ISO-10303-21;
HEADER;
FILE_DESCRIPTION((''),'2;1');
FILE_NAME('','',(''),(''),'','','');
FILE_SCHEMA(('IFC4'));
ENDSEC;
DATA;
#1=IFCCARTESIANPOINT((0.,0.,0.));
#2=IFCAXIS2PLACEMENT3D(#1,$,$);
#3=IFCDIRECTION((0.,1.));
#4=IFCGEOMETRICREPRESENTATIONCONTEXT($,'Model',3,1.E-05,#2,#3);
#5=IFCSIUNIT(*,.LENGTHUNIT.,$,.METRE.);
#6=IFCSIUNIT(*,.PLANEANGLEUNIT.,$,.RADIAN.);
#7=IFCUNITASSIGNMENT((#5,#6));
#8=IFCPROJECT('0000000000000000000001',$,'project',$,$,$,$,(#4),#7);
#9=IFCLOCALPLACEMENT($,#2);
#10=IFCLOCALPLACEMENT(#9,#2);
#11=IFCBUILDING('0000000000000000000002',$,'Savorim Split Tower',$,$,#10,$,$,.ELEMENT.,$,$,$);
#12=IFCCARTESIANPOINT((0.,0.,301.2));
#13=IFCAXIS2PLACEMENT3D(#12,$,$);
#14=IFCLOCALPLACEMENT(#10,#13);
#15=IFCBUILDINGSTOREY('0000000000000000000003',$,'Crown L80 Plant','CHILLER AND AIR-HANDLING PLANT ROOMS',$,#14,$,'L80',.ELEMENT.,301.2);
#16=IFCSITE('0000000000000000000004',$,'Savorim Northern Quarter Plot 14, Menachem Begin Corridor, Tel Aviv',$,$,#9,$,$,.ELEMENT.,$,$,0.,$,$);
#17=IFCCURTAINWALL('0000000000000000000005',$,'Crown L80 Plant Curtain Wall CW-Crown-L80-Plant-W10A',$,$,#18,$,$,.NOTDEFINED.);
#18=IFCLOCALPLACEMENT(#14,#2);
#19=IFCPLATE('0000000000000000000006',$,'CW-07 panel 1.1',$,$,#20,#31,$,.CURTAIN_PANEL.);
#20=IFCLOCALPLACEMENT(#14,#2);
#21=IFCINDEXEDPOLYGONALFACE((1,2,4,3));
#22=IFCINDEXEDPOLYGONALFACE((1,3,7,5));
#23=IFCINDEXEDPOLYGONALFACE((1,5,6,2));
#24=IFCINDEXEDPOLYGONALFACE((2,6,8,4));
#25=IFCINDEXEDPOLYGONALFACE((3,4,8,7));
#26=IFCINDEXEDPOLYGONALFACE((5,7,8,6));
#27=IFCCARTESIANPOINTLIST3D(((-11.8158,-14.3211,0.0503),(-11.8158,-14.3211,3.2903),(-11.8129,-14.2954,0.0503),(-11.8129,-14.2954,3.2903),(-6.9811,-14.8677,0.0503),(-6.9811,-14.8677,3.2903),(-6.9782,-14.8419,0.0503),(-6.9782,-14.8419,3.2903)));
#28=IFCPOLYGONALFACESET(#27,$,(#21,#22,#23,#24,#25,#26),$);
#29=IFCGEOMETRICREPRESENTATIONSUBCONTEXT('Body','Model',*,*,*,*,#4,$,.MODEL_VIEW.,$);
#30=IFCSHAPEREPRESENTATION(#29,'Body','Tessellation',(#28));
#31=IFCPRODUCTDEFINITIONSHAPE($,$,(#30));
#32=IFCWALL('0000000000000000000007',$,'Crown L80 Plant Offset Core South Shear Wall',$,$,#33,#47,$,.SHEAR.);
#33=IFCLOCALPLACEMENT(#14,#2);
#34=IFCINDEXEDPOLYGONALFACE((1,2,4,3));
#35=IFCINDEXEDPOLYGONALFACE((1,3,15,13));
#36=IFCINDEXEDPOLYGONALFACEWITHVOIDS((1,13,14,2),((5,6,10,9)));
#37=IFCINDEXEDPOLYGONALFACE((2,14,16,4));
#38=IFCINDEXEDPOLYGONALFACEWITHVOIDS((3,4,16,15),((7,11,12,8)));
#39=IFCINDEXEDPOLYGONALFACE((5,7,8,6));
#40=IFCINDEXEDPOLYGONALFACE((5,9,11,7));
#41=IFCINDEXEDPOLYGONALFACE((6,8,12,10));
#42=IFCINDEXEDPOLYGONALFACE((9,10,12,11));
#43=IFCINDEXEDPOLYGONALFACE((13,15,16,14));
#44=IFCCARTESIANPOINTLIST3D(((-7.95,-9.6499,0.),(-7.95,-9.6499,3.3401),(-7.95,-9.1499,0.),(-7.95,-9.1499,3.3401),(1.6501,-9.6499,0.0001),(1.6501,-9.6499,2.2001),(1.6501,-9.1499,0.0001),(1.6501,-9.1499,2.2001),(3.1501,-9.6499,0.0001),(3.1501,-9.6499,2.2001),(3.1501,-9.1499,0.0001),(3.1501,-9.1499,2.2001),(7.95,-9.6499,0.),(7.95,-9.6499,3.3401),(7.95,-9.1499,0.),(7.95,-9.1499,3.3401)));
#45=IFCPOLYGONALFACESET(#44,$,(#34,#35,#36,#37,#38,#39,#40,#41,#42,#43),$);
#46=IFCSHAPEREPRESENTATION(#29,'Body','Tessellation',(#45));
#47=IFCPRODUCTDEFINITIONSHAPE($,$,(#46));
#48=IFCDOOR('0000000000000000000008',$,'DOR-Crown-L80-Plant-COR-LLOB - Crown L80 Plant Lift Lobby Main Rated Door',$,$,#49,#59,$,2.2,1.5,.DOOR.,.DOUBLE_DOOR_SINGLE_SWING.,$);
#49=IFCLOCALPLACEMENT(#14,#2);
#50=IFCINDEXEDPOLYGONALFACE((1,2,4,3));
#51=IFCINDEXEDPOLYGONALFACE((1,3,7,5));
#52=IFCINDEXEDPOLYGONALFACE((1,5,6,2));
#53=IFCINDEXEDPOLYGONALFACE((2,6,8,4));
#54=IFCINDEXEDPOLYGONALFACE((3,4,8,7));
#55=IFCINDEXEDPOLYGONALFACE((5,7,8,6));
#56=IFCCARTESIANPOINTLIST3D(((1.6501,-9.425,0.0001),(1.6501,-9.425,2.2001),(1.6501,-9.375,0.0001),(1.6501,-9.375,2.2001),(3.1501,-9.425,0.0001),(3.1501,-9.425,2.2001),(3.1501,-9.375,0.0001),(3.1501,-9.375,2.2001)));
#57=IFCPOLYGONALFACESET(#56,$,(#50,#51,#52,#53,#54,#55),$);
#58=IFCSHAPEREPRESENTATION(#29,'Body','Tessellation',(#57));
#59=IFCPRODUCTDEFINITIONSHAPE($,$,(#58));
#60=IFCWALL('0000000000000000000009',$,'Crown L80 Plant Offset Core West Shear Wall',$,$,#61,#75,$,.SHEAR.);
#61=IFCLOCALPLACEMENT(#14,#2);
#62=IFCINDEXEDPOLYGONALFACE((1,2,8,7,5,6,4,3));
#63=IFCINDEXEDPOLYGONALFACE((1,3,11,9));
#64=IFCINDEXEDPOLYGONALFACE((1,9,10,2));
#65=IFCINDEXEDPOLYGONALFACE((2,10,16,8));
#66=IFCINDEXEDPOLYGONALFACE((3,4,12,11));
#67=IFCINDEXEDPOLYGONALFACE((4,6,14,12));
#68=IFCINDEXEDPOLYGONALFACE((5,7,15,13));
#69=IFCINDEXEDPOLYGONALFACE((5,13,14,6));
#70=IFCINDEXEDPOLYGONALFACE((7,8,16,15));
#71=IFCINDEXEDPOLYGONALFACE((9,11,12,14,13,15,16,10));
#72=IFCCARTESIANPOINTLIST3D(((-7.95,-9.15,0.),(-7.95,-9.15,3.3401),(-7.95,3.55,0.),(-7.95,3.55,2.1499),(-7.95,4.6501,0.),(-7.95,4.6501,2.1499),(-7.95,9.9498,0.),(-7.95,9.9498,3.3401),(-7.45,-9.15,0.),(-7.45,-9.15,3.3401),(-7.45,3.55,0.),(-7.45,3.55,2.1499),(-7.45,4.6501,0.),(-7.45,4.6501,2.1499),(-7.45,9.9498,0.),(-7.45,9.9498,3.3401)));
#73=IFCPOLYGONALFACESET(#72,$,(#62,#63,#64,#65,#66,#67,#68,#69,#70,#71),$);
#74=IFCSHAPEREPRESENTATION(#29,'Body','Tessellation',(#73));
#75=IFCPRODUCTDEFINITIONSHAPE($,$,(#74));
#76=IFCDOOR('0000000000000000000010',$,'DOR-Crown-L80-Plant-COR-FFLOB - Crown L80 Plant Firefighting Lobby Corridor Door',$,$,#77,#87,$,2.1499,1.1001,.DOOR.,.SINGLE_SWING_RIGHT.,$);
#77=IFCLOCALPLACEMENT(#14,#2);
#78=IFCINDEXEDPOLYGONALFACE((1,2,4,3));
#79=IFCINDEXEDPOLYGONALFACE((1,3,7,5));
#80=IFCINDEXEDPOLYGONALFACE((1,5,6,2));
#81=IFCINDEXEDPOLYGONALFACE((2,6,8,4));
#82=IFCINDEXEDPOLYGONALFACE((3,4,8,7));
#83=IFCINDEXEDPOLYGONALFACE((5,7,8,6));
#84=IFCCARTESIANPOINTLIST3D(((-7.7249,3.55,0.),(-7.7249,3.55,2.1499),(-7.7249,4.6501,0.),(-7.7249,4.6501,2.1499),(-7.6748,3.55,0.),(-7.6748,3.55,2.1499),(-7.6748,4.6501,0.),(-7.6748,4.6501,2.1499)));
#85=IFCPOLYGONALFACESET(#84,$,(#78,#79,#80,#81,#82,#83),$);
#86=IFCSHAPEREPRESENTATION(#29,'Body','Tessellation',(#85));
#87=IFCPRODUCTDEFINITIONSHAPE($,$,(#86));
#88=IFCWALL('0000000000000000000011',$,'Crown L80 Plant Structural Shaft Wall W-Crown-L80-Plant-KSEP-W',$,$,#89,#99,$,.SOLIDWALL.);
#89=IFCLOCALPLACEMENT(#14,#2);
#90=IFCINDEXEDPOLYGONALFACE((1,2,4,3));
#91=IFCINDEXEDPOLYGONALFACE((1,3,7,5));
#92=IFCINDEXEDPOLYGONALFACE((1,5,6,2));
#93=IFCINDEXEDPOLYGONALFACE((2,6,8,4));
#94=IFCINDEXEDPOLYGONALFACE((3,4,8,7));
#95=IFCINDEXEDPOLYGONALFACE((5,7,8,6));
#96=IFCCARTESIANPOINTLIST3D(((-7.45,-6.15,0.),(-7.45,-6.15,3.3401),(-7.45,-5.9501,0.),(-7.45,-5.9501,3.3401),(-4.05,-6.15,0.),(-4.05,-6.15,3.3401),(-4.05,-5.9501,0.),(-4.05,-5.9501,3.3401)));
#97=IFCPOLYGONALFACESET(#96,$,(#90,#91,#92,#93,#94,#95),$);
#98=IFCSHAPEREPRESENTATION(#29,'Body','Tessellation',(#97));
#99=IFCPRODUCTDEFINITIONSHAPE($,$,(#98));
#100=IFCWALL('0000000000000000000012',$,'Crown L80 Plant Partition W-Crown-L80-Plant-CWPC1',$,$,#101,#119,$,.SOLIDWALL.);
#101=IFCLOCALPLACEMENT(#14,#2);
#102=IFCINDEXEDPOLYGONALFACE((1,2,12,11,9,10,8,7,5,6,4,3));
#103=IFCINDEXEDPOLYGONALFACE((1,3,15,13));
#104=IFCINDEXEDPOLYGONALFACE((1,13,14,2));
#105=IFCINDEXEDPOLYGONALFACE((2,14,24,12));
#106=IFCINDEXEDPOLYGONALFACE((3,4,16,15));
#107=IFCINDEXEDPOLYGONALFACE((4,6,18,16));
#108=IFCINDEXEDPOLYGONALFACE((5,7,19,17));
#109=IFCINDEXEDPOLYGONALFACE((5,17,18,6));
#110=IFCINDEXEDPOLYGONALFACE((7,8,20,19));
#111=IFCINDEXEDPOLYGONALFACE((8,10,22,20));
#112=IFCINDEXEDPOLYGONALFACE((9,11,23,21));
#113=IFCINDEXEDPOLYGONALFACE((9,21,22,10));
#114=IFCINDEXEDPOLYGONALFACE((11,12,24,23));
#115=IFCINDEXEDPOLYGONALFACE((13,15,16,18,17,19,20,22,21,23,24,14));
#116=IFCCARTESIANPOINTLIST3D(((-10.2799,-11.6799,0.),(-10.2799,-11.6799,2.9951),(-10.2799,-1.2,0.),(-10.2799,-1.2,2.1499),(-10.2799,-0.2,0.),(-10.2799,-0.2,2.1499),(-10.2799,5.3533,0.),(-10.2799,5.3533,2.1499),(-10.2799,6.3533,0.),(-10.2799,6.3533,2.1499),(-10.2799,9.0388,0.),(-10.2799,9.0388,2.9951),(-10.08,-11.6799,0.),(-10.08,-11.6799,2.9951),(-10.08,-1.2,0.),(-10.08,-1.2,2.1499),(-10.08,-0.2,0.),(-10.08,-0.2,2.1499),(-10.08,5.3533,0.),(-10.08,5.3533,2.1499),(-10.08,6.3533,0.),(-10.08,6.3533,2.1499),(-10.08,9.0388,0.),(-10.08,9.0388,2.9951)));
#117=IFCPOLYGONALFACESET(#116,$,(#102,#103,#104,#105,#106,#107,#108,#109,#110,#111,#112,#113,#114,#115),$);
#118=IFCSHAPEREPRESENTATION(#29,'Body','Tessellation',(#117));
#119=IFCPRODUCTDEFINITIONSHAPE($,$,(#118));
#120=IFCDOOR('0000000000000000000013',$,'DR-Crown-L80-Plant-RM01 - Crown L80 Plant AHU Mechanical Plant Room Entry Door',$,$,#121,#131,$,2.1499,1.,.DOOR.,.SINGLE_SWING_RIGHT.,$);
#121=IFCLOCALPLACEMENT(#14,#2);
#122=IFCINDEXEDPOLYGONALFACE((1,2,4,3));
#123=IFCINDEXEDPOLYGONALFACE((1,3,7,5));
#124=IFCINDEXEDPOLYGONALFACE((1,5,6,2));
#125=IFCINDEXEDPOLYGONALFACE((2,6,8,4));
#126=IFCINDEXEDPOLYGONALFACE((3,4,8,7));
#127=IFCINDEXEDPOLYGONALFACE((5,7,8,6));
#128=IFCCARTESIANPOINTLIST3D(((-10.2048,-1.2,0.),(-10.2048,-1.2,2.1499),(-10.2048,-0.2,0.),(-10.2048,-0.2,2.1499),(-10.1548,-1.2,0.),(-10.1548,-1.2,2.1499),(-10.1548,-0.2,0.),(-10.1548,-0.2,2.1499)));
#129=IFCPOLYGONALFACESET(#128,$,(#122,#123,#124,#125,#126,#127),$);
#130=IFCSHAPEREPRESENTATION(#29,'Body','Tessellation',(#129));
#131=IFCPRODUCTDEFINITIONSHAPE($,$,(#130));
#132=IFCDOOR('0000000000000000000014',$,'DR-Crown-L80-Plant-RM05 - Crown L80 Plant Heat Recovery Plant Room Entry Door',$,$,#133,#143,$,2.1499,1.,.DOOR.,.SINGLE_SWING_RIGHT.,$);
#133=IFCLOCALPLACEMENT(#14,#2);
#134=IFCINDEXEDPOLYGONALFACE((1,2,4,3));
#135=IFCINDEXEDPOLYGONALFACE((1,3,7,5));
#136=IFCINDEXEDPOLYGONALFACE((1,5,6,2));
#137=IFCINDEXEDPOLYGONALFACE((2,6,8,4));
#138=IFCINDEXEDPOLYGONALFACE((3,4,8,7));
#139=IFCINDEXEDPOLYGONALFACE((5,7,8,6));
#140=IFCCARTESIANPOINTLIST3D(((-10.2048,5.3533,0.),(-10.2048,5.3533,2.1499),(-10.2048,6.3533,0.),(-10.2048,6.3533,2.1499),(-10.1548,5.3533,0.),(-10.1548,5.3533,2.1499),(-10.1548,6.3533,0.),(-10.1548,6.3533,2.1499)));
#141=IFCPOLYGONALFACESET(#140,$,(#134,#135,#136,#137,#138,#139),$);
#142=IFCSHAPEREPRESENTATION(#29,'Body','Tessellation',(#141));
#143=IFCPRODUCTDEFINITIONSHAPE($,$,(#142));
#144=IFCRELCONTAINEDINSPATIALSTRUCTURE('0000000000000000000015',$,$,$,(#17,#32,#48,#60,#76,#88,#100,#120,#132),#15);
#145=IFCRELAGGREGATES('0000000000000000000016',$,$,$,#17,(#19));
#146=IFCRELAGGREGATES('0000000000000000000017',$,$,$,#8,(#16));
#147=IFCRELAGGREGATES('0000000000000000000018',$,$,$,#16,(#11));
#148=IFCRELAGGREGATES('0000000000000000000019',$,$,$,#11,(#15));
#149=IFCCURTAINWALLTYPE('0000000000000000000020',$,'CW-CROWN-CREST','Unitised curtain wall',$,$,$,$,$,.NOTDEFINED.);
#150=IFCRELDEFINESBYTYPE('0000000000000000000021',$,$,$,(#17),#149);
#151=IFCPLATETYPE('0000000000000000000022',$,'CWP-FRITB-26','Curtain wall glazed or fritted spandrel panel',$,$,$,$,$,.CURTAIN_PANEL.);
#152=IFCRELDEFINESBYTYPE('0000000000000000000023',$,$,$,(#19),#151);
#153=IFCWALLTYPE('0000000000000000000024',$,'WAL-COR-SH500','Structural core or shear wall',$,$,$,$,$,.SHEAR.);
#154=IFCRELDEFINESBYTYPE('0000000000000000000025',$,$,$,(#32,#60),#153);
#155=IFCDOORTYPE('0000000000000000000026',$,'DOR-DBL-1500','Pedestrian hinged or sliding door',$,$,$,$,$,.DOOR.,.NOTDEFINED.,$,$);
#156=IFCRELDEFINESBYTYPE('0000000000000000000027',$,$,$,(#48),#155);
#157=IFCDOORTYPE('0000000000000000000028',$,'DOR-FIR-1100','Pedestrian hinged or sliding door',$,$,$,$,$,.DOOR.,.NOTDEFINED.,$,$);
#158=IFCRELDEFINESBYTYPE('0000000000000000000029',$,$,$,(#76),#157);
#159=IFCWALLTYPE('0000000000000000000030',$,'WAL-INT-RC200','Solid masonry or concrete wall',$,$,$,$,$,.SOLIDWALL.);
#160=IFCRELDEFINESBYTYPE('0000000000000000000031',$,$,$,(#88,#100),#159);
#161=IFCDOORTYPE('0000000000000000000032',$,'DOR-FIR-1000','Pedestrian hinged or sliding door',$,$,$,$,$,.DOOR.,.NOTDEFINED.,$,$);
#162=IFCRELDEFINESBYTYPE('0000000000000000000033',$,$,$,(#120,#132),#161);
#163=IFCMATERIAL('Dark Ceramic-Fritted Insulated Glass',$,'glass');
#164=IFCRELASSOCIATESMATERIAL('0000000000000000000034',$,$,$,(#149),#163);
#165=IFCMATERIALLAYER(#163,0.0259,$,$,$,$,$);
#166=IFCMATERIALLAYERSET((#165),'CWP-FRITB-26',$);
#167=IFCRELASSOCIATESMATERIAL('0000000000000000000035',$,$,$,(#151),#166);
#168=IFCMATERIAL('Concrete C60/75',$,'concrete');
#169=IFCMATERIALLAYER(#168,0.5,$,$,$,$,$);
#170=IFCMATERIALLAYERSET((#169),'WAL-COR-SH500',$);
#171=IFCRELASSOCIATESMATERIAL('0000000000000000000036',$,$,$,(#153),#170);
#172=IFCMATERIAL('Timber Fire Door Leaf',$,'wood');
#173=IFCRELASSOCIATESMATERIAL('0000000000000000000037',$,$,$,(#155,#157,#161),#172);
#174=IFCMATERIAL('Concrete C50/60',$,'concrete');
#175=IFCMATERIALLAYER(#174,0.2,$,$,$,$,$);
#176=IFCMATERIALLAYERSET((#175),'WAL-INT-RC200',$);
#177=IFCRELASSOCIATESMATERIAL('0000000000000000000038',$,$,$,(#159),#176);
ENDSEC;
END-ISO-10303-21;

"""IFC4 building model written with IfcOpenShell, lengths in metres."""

from ifc_helpers import new_model, si_unit, direction, frame, frame_2d, origin, origin_2d, place, context, subcontext, project, spatial, rectangle, extrude, material, layer, layer_set, type_object, element, fill, aggregate, save


model = new_model("IFC4")

# Units and contexts
model_context = context("Model", 3, precision=1e-05, world=origin(), true_north=direction((0.0, 1.0)))
body_context = subcontext(model_context, "Body", "Model", "MODEL_VIEW")
ifc_project = project(units=[si_unit("LENGTHUNIT", "METRE"), si_unit("PLANEANGLEUNIT", "RADIAN")], contexts=[model_context])

# Site, building, storey
site_placement = place(None, origin())
site = spatial("IfcSite", under=ifc_project, at=site_placement, Name="Savorim Northern Quarter Plot 14, Menachem Begin Corridor, Tel Aviv", CompositionType="ELEMENT", RefElevation=0.0)
building_placement = place(site_placement, origin())
building = spatial("IfcBuilding", under=site, at=building_placement, Name="Savorim Split Tower", CompositionType="ELEMENT")
storey_placement = place(building_placement, frame((0.0, 0.0, 301.2)))
storey = spatial("IfcBuildingStorey", under=building, at=storey_placement, Name="Crown L80 Plant", Description="CHILLER AND AIR-HANDLING PLANT ROOMS", LongName="L80", CompositionType="ELEMENT", Elevation=301.2)

# Shared definitions
ifc_material_1 = material(Name="Dark Ceramic-Fritted Insulated Glass", Category="glass")
curtain_wall_type = type_object("IfcCurtainWallType", Name="CW-CROWN-CREST", Description="Unitised curtain wall", PredefinedType="NOTDEFINED", material=ifc_material_1)

# Curtain wall
curtain_wall_1_placement = place(storey_placement, origin())
curtain_wall_1 = element("IfcCurtainWall", 1, at=curtain_wall_1_placement, inside=storey, type_object=curtain_wall_type, Name="Crown L80 Plant Curtain Wall CW-Crown-L80-Plant-W10A", PredefinedType="NOTDEFINED")

# Shared definitions
ifc_layer_1 = layer(ifc_material_1, 0.0259)
ifc_layer_set_1 = layer_set([ifc_layer_1], Name="CWP-FRITB-26")
plate_type = type_object("IfcPlateType", Name="CWP-FRITB-26", Description="Curtain wall glazed or fritted spandrel panel", PredefinedType="CURTAIN_PANEL", material=ifc_layer_set_1)

# Plate
plate_1_placement = place(storey_placement, frame((-9.397, -14.5815, 0.0503), z_axis=(0.0, 0.0, 1.0), x_axis=(0.993671, -0.112327, 0.0)))
plate_1 = element("IfcPlate", 2, at=plate_1_placement, type_object=plate_type, Name="CW-07 panel 1.1", PredefinedType="CURTAIN_PANEL", context=body_context, shape_type="SweptSolid", body=[
    extrude(rectangle(XDim=4.8655, YDim=0.0259, at=origin_2d()), origin(), (0.0, 0.0, 1.0), 3.24),
])
aggregate(curtain_wall_1, [plate_1])

# Walls, openings, doors
ifc_material_2 = material(Name="Concrete C60/75", Category="concrete")
ifc_layer_2 = layer(ifc_material_2, 0.5)
ifc_layer_set_2 = layer_set([ifc_layer_2], Name="WAL-COR-SH500")
wall_type_1 = type_object("IfcWallType", Name="WAL-COR-SH500", Description="Structural core or shear wall", PredefinedType="SHEAR", material=ifc_layer_set_2)
wall_1_placement = place(storey_placement, frame((-7.95, -9.3999, 0.0), z_axis=(0.0, 0.0, 1.0), x_axis=(1.0, 0.0, 0.0)))
wall_1 = element("IfcWall", 3, at=wall_1_placement, inside=storey, type_object=wall_type_1, Name="Crown L80 Plant Offset Core South Shear Wall", PredefinedType="SHEAR", context=body_context, shape_type="SweptSolid", body=[
    extrude(rectangle(XDim=15.8999, YDim=0.5, at=frame_2d((7.95, 0.0))), origin(), (0.0, 0.0, 1.0), 3.3401),
])
opening_1_placement = place(wall_1_placement, frame((9.6001, 0.0, 0.0)))
opening_1 = element("IfcOpeningElement", 4, at=opening_1_placement, cuts=wall_1, PredefinedType="OPENING", context=body_context, shape_type="SweptSolid", body=[
    extrude(rectangle(XDim=1.5, YDim=2.2, at=frame_2d((0.75, 1.1001))), frame((0.0, 0.26, 0.0), z_axis=(0.0, -1.0, 0.0), x_axis=(1.0, 0.0, 0.0)), (0.0, 0.0, 1.0), 0.52),
])
ifc_material_3 = material(Name="Timber Fire Door Leaf", Category="wood")
door_type_1 = type_object("IfcDoorType", Name="DOR-DBL-1500", Description="Pedestrian hinged or sliding door", OperationType="NOTDEFINED", PredefinedType="DOOR", material=ifc_material_3)
door_1_placement = place(opening_1_placement, origin())
door_1 = element("IfcDoor", 5, at=door_1_placement, inside=storey, type_object=door_type_1, Name="DOR-Crown-L80-Plant-COR-LLOB - Crown L80 Plant Lift Lobby Main Rated Door", OperationType="DOUBLE_DOOR_SINGLE_SWING", OverallHeight=2.2, OverallWidth=1.5, PredefinedType="DOOR", context=body_context, shape_type="SweptSolid", body=[
    extrude(rectangle(XDim=1.5, YDim=2.2, at=frame_2d((0.75, 1.1001))), frame((0.0, 0.0249, 0.0), z_axis=(0.0, -1.0, 0.0), x_axis=(1.0, 0.0, 0.0)), (0.0, 0.0, 1.0), 0.05),
])
fill(opening_1, door_1)
wall_2_placement = place(storey_placement, frame((-7.7, -9.1499, 0.0), z_axis=(0.0, 0.0, 1.0), x_axis=(0.0, 1.0, 0.0)))
wall_2 = element("IfcWall", 6, at=wall_2_placement, inside=storey, type_object=wall_type_1, Name="Crown L80 Plant Offset Core West Shear Wall", PredefinedType="SHEAR", context=body_context, shape_type="SweptSolid", body=[
    extrude(rectangle(XDim=19.0999, YDim=0.5, at=frame_2d((9.5498, 0.0))), origin(), (0.0, 0.0, 1.0), 3.3401),
])
opening_2_placement = place(wall_2_placement, frame((12.7, 0.0, 0.0)))
opening_2 = element("IfcOpeningElement", 7, at=opening_2_placement, cuts=wall_2, PredefinedType="OPENING", context=body_context, shape_type="SweptSolid", body=[
    extrude(rectangle(XDim=1.1001, YDim=2.1499, at=frame_2d((0.55, 1.075))), frame((0.0, 0.26, 0.0), z_axis=(0.0, -1.0, 0.0), x_axis=(1.0, 0.0, 0.0)), (0.0, 0.0, 1.0), 0.52),
])
door_type_2 = type_object("IfcDoorType", Name="DOR-FIR-1100", Description="Pedestrian hinged or sliding door", OperationType="NOTDEFINED", PredefinedType="DOOR", material=ifc_material_3)
door_2_placement = place(opening_2_placement, origin())
door_2 = element("IfcDoor", 8, at=door_2_placement, inside=storey, type_object=door_type_2, Name="DOR-Crown-L80-Plant-COR-FFLOB - Crown L80 Plant Firefighting Lobby Corridor Door", OperationType="SINGLE_SWING_RIGHT", OverallHeight=2.1499, OverallWidth=1.1001, PredefinedType="DOOR", context=body_context, shape_type="SweptSolid", body=[
    extrude(rectangle(XDim=1.1001, YDim=2.1499, at=frame_2d((0.55, 1.075))), frame((0.0, 0.0249, 0.0), z_axis=(0.0, -1.0, 0.0), x_axis=(1.0, 0.0, 0.0)), (0.0, 0.0, 1.0), 0.05),
])
fill(opening_2, door_2)

# Wall
ifc_material_4 = material(Name="Concrete C50/60", Category="concrete")
ifc_layer_3 = layer(ifc_material_4, 0.2)
ifc_layer_set_3 = layer_set([ifc_layer_3], Name="WAL-INT-RC200")
wall_type_2 = type_object("IfcWallType", Name="WAL-INT-RC200", Description="Solid masonry or concrete wall", PredefinedType="SOLIDWALL", material=ifc_layer_set_3)
wall_3_placement = place(storey_placement, frame((-7.45, -6.05, 0.0), z_axis=(0.0, 0.0, 1.0), x_axis=(1.0, 0.0, 0.0)))
element("IfcWall", 9, at=wall_3_placement, inside=storey, type_object=wall_type_2, Name="Crown L80 Plant Structural Shaft Wall W-Crown-L80-Plant-KSEP-W", PredefinedType="SOLIDWALL", context=body_context, shape_type="SweptSolid", body=[
    extrude(rectangle(XDim=3.3999, YDim=0.2, at=frame_2d((1.7, 0.0))), origin(), (0.0, 0.0, 1.0), 3.3401),
])

# Wall, openings, doors
wall_4_placement = place(storey_placement, frame((-10.1799, -11.6799, 0.0), z_axis=(0.0, 0.0, 1.0), x_axis=(0.0, 1.0, 0.0)))
wall_4 = element("IfcWall", 10, at=wall_4_placement, inside=storey, type_object=wall_type_2, Name="Crown L80 Plant Partition W-Crown-L80-Plant-CWPC1", PredefinedType="SOLIDWALL", context=body_context, shape_type="SweptSolid", body=[
    extrude(rectangle(XDim=20.7188, YDim=0.2, at=frame_2d((10.3594, 0.0))), origin(), (0.0, 0.0, 1.0), 2.9951),
])
opening_3_placement = place(wall_4_placement, frame((10.48, 0.0, 0.0)))
opening_3 = element("IfcOpeningElement", 11, at=opening_3_placement, cuts=wall_4, PredefinedType="OPENING", context=body_context, shape_type="SweptSolid", body=[
    extrude(rectangle(XDim=1.0, YDim=2.1499, at=frame_2d((0.5, 1.075))), frame((0.0, 0.1099, 0.0), z_axis=(0.0, -1.0, 0.0), x_axis=(1.0, 0.0, 0.0)), (0.0, 0.0, 1.0), 0.22),
])
opening_4_placement = place(wall_4_placement, frame((17.0332, 0.0, 0.0)))
opening_4 = element("IfcOpeningElement", 12, at=opening_4_placement, cuts=wall_4, PredefinedType="OPENING", context=body_context, shape_type="SweptSolid", body=[
    extrude(rectangle(XDim=1.0, YDim=2.1499, at=frame_2d((0.5, 1.075))), frame((0.0, 0.1099, 0.0), z_axis=(0.0, -1.0, 0.0), x_axis=(1.0, 0.0, 0.0)), (0.0, 0.0, 1.0), 0.22),
])
door_type_3 = type_object("IfcDoorType", Name="DOR-FIR-1000", Description="Pedestrian hinged or sliding door", OperationType="NOTDEFINED", PredefinedType="DOOR", material=ifc_material_3)
door_3_placement = place(opening_3_placement, origin())
door_3 = element("IfcDoor", 13, at=door_3_placement, inside=storey, type_object=door_type_3, Name="DR-Crown-L80-Plant-RM01 - Crown L80 Plant AHU Mechanical Plant Room Entry Door", OperationType="SINGLE_SWING_RIGHT", OverallHeight=2.1499, OverallWidth=1.0, PredefinedType="DOOR", context=body_context, shape_type="SweptSolid", body=[
    extrude(rectangle(XDim=1.0, YDim=2.1499, at=frame_2d((0.5, 1.075))), frame((0.0, 0.0249, 0.0), z_axis=(0.0, -1.0, 0.0), x_axis=(1.0, 0.0, 0.0)), (0.0, 0.0, 1.0), 0.05),
])
fill(opening_3, door_3)
door_4_placement = place(opening_4_placement, origin())
door_4 = element("IfcDoor", 14, at=door_4_placement, inside=storey, type_object=door_type_3, Name="DR-Crown-L80-Plant-RM05 - Crown L80 Plant Heat Recovery Plant Room Entry Door", OperationType="SINGLE_SWING_RIGHT", OverallHeight=2.1499, OverallWidth=1.0, PredefinedType="DOOR", context=body_context, shape_type="SweptSolid", body=[
    extrude(rectangle(XDim=1.0, YDim=2.1499, at=frame_2d((0.5, 1.075))), frame((0.0, 0.0249, 0.0), z_axis=(0.0, -1.0, 0.0), x_axis=(1.0, 0.0, 0.0)), (0.0, 0.0, 1.0), 0.05),
])
fill(opening_4, door_4)

save(model, "model.ifc")
